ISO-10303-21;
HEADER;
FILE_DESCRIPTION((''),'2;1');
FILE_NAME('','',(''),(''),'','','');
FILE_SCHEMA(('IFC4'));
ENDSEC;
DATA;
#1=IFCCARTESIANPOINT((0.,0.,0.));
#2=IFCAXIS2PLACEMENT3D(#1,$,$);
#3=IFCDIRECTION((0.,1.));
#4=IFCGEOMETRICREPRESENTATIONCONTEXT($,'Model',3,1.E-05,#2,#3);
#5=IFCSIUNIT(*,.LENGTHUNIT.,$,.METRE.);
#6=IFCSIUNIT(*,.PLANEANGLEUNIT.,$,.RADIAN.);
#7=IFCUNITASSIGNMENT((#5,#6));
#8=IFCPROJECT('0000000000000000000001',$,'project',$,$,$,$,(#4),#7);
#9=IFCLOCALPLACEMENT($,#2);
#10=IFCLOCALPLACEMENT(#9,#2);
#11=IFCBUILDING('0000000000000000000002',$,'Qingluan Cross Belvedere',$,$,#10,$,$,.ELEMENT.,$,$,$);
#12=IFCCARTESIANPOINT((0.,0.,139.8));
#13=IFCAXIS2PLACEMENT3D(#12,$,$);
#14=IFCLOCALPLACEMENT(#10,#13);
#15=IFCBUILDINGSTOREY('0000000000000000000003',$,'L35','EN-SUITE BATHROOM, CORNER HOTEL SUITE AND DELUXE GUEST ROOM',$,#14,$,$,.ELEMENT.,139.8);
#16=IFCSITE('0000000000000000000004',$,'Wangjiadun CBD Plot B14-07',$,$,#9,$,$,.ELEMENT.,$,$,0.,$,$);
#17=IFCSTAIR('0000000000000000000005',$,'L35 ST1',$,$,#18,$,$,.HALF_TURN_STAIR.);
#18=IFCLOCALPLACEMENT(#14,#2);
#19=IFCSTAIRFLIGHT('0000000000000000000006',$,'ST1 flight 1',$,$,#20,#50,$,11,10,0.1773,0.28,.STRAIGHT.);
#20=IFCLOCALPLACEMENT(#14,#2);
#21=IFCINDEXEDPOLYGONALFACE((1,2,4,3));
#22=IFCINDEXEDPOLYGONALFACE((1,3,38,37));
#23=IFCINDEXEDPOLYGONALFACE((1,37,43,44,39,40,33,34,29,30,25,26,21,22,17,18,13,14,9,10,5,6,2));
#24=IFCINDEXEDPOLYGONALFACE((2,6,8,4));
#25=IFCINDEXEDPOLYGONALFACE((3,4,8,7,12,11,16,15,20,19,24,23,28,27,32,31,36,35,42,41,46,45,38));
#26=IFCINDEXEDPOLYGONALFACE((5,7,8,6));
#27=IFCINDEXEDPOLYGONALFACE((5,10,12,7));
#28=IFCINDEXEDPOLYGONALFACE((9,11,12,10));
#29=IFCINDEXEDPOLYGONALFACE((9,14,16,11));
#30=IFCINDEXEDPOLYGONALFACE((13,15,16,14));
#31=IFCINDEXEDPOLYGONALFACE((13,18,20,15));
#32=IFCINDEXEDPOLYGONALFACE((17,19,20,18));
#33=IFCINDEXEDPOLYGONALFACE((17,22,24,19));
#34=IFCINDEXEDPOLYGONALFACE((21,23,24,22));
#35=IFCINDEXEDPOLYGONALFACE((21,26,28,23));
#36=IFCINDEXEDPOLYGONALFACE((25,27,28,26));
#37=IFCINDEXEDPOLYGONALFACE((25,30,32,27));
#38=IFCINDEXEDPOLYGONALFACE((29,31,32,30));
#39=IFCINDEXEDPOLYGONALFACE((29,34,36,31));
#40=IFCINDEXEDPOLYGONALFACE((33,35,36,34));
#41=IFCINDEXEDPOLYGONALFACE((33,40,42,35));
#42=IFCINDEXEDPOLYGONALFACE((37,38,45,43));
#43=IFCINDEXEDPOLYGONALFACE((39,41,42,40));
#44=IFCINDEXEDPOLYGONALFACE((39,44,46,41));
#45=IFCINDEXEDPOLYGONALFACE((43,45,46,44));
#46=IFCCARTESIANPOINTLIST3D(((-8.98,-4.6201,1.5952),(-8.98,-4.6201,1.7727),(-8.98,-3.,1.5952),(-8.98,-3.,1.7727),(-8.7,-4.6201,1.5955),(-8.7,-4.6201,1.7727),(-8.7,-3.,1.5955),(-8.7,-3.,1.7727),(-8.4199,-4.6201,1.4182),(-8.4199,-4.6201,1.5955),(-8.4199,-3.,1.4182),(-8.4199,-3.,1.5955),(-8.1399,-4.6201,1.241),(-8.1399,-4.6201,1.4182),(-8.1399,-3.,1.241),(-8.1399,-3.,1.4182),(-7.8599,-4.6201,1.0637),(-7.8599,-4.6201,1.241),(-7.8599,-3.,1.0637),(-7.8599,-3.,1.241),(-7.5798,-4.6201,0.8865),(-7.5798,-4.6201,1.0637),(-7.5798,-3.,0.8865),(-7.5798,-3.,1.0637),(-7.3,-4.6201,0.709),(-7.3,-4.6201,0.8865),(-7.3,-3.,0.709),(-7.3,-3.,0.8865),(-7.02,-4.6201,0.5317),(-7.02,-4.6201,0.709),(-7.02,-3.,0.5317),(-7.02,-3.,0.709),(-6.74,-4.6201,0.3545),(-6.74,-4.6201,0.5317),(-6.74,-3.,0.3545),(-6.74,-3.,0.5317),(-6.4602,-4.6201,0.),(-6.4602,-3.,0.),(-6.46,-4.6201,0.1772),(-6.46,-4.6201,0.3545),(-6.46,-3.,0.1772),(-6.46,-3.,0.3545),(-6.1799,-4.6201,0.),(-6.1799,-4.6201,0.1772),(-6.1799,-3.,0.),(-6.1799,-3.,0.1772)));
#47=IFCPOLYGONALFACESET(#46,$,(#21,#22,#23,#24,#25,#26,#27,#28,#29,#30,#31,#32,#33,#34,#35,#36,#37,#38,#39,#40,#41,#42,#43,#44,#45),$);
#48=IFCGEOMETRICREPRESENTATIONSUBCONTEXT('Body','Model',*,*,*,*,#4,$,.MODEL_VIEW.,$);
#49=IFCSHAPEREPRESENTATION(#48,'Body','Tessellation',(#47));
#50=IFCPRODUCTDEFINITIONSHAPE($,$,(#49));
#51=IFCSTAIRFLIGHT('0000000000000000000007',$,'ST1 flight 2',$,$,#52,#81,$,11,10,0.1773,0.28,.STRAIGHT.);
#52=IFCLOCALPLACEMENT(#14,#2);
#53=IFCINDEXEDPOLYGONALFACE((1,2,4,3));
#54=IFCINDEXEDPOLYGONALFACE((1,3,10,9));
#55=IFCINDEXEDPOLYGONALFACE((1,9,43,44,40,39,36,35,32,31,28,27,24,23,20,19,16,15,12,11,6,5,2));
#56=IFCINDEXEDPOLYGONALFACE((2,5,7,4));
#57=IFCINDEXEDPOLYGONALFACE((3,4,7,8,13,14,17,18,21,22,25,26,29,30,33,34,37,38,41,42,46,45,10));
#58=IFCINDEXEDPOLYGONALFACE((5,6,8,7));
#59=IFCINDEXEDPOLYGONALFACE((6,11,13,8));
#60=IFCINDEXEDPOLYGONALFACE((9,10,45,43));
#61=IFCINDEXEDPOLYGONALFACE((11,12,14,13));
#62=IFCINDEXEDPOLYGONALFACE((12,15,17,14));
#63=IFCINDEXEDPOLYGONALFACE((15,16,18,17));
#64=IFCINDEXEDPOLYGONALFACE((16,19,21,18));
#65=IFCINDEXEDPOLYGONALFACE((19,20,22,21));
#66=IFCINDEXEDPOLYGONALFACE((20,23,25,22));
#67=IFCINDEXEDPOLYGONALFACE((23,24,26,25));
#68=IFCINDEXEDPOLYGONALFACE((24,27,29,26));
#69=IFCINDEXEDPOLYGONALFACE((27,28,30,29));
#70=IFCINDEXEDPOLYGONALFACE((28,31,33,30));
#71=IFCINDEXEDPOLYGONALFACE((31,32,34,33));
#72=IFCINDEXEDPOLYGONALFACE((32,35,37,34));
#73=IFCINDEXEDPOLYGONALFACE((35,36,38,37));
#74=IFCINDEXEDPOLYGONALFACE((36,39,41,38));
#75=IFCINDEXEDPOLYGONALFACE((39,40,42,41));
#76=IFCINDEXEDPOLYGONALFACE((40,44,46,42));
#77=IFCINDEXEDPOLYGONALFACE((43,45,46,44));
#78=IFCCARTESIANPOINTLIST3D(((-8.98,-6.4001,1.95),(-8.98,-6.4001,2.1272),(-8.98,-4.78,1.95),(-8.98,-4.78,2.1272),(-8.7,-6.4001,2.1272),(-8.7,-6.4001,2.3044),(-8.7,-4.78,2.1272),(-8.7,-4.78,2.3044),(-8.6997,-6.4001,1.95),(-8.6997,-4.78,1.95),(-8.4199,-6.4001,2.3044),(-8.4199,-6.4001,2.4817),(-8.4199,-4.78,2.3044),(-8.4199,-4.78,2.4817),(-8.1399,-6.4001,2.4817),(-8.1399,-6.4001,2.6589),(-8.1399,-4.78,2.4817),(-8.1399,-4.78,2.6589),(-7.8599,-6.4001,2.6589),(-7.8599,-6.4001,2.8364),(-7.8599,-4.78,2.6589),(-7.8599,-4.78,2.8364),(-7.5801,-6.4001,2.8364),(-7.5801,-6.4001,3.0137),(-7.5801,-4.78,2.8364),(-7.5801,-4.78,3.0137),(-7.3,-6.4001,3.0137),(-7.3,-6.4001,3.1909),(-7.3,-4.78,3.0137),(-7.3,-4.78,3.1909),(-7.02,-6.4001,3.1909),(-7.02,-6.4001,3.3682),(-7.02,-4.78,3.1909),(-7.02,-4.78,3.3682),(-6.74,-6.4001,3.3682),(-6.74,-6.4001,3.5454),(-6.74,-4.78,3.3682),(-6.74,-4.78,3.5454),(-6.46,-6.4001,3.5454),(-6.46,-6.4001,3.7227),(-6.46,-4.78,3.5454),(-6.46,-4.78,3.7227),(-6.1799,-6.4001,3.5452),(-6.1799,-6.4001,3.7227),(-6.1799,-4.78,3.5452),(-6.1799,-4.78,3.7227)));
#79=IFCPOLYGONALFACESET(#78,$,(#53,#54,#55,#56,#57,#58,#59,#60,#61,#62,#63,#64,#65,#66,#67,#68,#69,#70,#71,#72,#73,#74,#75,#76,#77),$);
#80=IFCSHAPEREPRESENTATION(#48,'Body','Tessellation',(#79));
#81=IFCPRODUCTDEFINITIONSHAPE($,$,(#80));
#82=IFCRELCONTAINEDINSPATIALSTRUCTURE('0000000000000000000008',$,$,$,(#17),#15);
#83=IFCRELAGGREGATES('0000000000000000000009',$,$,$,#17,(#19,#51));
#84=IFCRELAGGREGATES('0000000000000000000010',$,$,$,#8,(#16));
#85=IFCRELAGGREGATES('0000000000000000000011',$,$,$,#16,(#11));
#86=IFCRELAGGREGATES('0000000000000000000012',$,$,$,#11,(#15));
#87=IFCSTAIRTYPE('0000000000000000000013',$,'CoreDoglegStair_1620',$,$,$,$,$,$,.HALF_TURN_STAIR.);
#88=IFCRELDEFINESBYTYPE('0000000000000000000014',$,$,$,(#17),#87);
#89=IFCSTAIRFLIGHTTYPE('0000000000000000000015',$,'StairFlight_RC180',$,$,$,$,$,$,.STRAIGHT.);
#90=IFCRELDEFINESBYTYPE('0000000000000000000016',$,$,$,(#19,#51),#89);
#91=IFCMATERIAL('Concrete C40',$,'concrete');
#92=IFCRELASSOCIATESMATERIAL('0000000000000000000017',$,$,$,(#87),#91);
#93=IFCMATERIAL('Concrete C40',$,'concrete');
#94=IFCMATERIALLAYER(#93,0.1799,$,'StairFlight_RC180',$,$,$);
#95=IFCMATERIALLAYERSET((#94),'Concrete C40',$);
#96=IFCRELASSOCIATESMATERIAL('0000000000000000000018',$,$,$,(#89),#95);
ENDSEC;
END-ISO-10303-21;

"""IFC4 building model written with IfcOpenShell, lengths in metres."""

from ifc_helpers import new_model, si_unit, direction, frame, origin, place, context, subcontext, project, spatial, polyline, outline, extrude, material, layer, layer_set, type_object, element, aggregate, save


model = new_model("IFC4")

# Units and contexts
model_context = context("Model", 3, precision=1e-05, world=origin(), true_north=direction((0.0, 1.0)))
body_context = subcontext(model_context, "Body", "Model", "MODEL_VIEW")
ifc_project = project(units=[si_unit("LENGTHUNIT", "METRE"), si_unit("PLANEANGLEUNIT", "RADIAN")], contexts=[model_context])

# Site, building, storey
site_placement = place(None, origin())
site = spatial("IfcSite", under=ifc_project, at=site_placement, Name="Wangjiadun CBD Plot B14-07", CompositionType="ELEMENT", RefElevation=0.0)
building_placement = place(site_placement, origin())
building = spatial("IfcBuilding", under=site, at=building_placement, Name="Qingluan Cross Belvedere", CompositionType="ELEMENT")
storey_placement = place(building_placement, frame((0.0, 0.0, 139.8)))
storey = spatial("IfcBuildingStorey", under=building, at=storey_placement, Name="L35", Description="EN-SUITE BATHROOM, CORNER HOTEL SUITE AND DELUXE GUEST ROOM", CompositionType="ELEMENT", Elevation=139.8)

# Stair, stair flights
ifc_material_1 = material(Name="Concrete C40", Category="concrete")
stair_type = type_object("IfcStairType", Name="CoreDoglegStair_1620", PredefinedType="HALF_TURN_STAIR", material=ifc_material_1)
stair_placement = place(storey_placement, origin())
stair = element("IfcStair", 1, at=stair_placement, inside=storey, type_object=stair_type, Name="L35 ST1", PredefinedType="HALF_TURN_STAIR")
ifc_material_2 = material(Name="Concrete C40", Category="concrete")
ifc_layer_1 = layer(ifc_material_2, 0.1799, Name="StairFlight_RC180")
ifc_layer_set_1 = layer_set([ifc_layer_1], Name="Concrete C40")
stair_flight_type = type_object("IfcStairFlightType", Name="StairFlight_RC180", PredefinedType="STRAIGHT", material=ifc_layer_set_1)
stair_flight_1_placement = place(storey_placement, frame((-6.1799, -3.8101, 0.0), z_axis=(0.0, 0.0, 1.0), x_axis=(-1.0, 0.0, 0.0)))
stair_flight_1 = element("IfcStairFlight", 2, at=stair_flight_1_placement, type_object=stair_flight_type, Name="ST1 flight 1", NumberOfRisers=11, NumberOfTreads=10, PredefinedType="STRAIGHT", RiserHeight=0.1773, TreadLength=0.28, context=body_context, shape_type="SweptSolid", body=[
    extrude(outline(polyline([(0.0, 0.0), (0.0, 0.1772), (0.28, 0.1772), (0.28, 0.3545), (0.5601, 0.3545), (0.5601, 0.5317), (0.8401, 0.5317), (0.8401, 0.709), (1.1201, 0.709), (1.1201, 0.8865), (1.3999, 0.8865), (1.3999, 1.0637), (1.6799, 1.0637), (1.6799, 1.241), (1.96, 1.241), (1.96, 1.4182), (2.24, 1.4182), (2.24, 1.5955), (2.52, 1.5955), (2.52, 1.7727), (2.8, 1.7727), (2.8, 1.95), (2.8, 1.5952), (0.2803, 0.0), (0.0, 0.0)])), frame((0.0, 0.8101, 0.0), z_axis=(0.0, -1.0, 0.0), x_axis=(1.0, 0.0, 0.0)), (0.0, 0.0, 1.0), 1.6201),
])
stair_flight_2_placement = place(storey_placement, frame((-8.98, -5.5901, 1.95), z_axis=(0.0, 0.0, 1.0), x_axis=(1.0, 0.0, 0.0)))
stair_flight_2 = element("IfcStairFlight", 3, at=stair_flight_2_placement, type_object=stair_flight_type, Name="ST1 flight 2", NumberOfRisers=11, NumberOfTreads=10, PredefinedType="STRAIGHT", RiserHeight=0.1773, TreadLength=0.28, context=body_context, shape_type="SweptSolid", body=[
    extrude(outline(polyline([(0.0, 0.0), (0.0, 0.1772), (0.28, 0.1772), (0.28, 0.3545), (0.5601, 0.3545), (0.5601, 0.5317), (0.8401, 0.5317), (0.8401, 0.709), (1.1201, 0.709), (1.1201, 0.8865), (1.3999, 0.8865), (1.3999, 1.0637), (1.6799, 1.0637), (1.6799, 1.241), (1.96, 1.241), (1.96, 1.4182), (2.24, 1.4182), (2.24, 1.5955), (2.52, 1.5955), (2.52, 1.7727), (2.8, 1.7727), (2.8, 1.95), (2.8, 1.5952), (0.2803, 0.0), (0.0, 0.0)])), frame((0.0, 0.8101, 0.0), z_axis=(0.0, -1.0, 0.0), x_axis=(1.0, 0.0, 0.0)), (0.0, 0.0, 1.0), 1.6201),
])
aggregate(stair, [stair_flight_1, stair_flight_2])

save(model, "model.ifc")
